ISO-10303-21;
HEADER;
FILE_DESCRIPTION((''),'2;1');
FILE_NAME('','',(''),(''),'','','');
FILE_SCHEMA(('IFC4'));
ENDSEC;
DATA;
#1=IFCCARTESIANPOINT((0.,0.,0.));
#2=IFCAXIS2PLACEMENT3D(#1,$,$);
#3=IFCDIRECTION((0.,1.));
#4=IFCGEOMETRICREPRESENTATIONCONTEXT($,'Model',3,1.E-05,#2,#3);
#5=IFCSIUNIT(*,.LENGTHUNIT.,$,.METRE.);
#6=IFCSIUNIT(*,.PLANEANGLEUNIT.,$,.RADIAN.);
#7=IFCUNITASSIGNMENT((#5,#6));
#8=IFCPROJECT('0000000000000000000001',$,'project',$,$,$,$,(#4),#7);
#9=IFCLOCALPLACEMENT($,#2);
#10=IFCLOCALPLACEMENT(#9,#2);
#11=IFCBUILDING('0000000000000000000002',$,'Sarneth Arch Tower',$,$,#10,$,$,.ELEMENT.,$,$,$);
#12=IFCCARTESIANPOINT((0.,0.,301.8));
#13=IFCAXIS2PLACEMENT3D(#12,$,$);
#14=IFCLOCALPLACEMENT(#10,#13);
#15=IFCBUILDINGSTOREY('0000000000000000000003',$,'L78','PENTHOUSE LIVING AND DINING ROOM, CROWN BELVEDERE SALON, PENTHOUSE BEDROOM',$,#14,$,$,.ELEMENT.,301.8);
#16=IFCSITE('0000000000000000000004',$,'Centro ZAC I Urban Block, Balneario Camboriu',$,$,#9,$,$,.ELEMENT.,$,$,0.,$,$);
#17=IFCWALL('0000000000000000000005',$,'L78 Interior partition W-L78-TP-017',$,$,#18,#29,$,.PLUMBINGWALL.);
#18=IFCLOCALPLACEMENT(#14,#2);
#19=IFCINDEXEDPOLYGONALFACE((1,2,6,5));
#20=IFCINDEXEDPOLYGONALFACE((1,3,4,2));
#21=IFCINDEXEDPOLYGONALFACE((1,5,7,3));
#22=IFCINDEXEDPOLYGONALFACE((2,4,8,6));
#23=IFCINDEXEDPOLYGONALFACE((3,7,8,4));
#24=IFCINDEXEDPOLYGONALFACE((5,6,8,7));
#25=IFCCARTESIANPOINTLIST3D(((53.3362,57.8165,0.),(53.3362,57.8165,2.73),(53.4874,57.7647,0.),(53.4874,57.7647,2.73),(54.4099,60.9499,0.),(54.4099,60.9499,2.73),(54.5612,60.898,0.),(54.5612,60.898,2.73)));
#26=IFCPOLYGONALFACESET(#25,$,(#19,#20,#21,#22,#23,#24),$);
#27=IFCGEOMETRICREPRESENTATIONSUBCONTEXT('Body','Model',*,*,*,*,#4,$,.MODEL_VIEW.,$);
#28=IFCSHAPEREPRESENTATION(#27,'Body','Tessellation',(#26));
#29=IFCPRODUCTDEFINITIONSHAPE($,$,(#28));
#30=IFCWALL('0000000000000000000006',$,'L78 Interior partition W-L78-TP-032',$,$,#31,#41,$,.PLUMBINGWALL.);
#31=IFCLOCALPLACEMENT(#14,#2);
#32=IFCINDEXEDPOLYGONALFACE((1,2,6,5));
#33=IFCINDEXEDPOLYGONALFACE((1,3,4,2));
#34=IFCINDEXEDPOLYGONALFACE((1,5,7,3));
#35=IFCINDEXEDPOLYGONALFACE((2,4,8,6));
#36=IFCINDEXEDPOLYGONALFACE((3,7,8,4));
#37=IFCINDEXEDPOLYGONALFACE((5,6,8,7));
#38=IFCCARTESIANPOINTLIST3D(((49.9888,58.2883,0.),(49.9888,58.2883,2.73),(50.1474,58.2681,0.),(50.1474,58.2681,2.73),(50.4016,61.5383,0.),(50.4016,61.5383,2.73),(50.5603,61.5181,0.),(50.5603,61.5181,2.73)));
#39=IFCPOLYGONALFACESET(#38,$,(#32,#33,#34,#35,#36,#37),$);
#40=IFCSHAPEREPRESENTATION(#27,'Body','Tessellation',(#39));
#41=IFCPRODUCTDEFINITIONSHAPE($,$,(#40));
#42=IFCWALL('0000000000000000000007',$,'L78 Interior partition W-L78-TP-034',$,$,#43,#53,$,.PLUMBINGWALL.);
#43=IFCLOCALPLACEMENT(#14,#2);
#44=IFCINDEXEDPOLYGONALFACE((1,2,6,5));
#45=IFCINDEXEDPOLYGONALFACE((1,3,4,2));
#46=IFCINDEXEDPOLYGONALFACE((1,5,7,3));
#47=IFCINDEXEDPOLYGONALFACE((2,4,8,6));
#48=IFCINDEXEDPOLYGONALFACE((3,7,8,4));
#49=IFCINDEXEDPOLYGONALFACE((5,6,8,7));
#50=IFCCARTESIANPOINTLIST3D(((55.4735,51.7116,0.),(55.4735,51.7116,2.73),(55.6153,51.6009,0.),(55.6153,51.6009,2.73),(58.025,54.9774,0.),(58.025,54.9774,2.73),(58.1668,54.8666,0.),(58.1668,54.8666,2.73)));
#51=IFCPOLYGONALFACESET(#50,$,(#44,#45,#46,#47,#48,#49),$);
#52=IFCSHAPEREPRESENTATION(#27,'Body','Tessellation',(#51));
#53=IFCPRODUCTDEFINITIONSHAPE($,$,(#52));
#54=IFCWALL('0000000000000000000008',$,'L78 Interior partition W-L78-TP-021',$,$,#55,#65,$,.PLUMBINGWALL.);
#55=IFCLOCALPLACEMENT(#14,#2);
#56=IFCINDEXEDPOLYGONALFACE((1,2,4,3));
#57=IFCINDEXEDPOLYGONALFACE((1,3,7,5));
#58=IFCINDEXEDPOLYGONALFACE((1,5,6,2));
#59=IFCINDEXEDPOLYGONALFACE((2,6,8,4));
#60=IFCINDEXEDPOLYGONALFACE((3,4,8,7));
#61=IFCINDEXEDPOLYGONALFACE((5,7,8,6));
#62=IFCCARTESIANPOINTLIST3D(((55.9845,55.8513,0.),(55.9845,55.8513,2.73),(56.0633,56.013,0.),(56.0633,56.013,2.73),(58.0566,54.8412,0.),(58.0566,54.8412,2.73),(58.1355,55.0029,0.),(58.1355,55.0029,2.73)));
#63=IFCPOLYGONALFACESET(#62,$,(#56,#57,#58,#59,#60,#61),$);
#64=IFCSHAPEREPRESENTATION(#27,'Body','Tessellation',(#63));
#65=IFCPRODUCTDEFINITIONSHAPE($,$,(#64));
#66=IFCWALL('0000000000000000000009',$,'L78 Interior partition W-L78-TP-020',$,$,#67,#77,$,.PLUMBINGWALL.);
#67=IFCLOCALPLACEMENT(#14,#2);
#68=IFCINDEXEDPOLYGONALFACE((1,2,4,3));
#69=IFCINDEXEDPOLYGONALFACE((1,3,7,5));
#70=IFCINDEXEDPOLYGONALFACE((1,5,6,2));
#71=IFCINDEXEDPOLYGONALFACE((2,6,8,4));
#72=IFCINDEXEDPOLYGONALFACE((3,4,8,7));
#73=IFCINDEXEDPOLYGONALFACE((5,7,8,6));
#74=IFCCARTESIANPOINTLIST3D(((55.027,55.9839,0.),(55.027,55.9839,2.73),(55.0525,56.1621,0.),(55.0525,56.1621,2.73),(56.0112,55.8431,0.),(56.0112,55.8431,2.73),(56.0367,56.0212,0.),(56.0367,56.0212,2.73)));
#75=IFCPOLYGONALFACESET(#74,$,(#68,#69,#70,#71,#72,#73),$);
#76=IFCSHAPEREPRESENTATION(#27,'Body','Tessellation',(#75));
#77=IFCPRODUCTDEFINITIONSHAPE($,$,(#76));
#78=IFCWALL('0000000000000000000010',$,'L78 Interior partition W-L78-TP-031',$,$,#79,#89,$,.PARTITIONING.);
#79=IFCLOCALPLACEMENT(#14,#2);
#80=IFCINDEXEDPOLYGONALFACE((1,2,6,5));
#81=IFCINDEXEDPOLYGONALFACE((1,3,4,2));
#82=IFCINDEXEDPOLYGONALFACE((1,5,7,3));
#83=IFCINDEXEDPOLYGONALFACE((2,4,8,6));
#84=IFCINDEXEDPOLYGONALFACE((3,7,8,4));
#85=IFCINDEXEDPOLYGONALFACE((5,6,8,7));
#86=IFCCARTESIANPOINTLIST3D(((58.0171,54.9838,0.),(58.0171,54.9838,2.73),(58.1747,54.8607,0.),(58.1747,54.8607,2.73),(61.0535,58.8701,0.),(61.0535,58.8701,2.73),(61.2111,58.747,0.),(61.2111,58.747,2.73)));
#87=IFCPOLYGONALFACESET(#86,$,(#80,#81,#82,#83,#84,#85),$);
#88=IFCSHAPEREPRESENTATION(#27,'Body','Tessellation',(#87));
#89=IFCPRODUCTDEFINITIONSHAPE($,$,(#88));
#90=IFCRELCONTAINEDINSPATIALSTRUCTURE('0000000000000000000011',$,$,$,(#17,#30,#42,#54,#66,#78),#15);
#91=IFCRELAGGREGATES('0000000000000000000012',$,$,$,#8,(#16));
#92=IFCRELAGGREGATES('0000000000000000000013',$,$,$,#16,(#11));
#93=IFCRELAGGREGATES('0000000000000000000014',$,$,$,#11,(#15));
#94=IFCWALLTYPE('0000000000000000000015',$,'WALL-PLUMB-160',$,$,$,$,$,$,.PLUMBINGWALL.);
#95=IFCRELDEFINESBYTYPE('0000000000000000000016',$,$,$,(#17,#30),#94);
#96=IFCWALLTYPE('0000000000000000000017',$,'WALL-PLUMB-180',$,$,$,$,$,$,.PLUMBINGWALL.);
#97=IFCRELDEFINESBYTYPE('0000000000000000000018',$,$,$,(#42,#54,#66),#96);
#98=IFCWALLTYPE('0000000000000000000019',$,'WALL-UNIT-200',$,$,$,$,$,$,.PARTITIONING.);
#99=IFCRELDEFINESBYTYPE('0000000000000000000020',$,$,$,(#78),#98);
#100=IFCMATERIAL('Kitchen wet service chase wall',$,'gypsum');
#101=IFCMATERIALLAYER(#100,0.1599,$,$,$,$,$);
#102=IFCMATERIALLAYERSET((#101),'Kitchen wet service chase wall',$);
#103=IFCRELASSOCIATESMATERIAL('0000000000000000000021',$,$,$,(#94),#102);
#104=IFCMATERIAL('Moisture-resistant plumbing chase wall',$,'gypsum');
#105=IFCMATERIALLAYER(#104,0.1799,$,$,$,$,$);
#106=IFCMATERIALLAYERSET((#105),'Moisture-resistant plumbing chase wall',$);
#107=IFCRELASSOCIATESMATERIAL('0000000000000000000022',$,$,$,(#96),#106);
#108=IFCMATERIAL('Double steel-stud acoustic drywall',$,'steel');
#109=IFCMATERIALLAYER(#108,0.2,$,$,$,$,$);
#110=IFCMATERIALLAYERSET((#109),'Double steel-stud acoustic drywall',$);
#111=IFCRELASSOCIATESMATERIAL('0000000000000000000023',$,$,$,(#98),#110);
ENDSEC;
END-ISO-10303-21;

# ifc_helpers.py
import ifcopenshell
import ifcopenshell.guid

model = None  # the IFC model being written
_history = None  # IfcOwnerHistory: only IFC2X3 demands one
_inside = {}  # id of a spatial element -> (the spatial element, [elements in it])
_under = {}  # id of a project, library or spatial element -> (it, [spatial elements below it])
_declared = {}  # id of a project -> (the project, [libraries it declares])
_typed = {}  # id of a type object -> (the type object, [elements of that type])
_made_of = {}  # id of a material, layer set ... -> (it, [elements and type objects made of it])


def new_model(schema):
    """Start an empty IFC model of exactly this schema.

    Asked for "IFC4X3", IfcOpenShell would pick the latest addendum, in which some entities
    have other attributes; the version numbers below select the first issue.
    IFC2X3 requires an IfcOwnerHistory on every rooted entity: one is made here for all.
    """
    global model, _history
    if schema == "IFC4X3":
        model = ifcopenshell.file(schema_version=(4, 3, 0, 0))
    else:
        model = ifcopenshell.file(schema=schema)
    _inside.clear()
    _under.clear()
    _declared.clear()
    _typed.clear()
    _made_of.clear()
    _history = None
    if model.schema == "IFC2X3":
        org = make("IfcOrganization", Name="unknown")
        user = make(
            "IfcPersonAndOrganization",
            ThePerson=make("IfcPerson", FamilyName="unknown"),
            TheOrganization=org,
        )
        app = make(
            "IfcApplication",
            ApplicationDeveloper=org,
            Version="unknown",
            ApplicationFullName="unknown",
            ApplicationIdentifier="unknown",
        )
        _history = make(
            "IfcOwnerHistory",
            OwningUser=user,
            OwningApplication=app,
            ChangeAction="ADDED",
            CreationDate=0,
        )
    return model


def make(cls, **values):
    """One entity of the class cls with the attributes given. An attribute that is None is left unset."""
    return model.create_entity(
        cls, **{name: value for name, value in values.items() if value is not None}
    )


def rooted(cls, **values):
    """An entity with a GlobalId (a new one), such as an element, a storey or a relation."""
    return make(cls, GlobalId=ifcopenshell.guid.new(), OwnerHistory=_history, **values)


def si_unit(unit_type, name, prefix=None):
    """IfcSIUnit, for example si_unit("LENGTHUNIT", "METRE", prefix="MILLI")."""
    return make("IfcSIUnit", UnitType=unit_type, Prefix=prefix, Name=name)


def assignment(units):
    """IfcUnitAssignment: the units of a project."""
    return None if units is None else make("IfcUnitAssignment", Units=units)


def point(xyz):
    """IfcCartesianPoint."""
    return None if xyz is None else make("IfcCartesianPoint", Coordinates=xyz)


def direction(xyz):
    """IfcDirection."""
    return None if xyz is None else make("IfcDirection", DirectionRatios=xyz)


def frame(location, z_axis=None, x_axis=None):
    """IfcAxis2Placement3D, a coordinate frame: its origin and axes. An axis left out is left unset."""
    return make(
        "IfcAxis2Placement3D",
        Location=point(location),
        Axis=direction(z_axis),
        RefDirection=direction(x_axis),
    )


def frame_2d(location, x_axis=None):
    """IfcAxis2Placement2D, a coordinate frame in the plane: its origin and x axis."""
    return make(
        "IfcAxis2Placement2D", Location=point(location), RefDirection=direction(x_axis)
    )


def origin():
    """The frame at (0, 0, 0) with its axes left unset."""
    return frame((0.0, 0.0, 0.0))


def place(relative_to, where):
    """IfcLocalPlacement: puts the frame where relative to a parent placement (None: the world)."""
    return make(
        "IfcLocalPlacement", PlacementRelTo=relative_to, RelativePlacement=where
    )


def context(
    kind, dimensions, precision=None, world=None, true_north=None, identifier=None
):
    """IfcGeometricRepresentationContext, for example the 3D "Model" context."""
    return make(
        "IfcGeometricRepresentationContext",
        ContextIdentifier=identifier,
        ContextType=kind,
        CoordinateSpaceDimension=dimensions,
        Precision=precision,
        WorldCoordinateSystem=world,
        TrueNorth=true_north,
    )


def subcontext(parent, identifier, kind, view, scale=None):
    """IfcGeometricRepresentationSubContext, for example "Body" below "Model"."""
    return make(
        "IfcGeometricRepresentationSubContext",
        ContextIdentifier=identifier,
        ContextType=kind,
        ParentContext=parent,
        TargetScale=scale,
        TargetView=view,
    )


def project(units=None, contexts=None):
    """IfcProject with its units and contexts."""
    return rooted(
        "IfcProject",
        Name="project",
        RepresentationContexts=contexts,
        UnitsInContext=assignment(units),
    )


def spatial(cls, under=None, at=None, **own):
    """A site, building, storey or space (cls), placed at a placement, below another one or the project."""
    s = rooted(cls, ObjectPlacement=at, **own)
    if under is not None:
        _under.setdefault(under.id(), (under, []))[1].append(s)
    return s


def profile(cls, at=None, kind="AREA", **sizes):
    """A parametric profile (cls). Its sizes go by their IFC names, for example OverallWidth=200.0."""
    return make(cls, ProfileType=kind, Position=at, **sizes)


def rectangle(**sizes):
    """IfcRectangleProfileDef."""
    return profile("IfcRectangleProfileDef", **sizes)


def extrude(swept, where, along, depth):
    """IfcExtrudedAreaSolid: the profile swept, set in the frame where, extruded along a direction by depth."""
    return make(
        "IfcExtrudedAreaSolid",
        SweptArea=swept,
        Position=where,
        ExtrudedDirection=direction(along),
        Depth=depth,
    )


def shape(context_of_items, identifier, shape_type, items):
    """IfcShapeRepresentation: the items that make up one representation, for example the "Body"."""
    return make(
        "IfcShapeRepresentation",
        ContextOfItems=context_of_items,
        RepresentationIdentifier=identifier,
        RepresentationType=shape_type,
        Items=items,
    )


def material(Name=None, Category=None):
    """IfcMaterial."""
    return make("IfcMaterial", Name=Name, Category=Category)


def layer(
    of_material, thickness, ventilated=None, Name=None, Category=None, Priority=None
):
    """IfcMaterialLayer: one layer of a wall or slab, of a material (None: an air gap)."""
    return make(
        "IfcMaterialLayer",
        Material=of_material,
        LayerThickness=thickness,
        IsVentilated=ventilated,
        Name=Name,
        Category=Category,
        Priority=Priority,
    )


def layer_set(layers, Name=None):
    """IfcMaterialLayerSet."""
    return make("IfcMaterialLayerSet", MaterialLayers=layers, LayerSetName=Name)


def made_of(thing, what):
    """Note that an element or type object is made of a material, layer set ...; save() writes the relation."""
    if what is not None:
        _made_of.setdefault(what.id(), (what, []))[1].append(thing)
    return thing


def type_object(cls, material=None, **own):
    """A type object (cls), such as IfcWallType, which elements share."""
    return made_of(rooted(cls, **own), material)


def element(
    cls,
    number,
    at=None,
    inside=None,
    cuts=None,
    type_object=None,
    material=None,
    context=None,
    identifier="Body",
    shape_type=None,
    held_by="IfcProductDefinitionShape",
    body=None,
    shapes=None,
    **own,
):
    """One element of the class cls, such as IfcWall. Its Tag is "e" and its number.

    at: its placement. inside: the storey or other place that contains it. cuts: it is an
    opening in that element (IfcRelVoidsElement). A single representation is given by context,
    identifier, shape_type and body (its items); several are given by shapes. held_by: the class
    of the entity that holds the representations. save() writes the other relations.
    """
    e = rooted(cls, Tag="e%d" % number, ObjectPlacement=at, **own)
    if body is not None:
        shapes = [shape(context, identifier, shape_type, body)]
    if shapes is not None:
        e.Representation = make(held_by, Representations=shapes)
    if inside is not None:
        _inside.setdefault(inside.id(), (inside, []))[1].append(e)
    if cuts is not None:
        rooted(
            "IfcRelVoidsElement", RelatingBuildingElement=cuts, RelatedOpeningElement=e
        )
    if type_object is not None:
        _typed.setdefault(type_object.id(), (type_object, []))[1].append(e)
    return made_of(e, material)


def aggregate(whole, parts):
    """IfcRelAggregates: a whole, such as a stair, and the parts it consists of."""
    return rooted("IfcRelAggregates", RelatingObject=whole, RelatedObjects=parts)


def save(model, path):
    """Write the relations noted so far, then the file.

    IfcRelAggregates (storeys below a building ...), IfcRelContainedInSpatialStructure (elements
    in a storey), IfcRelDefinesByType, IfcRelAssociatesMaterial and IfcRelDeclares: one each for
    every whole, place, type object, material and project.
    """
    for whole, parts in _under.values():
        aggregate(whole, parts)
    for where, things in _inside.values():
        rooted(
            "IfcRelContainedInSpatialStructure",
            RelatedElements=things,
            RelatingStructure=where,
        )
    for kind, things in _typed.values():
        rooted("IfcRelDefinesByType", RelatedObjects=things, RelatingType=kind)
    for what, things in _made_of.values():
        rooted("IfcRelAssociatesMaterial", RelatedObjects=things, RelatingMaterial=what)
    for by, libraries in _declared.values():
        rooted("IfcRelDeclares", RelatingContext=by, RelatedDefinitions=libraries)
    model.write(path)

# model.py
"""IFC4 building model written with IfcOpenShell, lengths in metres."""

from ifc_helpers import new_model, si_unit, direction, frame, frame_2d, origin, place, context, subcontext, project, spatial, rectangle, extrude, material, layer, layer_set, type_object, element, save


model = new_model("IFC4")

# Units and contexts
model_context = context("Model", 3, precision=1e-05, world=origin(), true_north=direction((0.0, 1.0)))
body_context = subcontext(model_context, "Body", "Model", "MODEL_VIEW")
ifc_project = project(units=[si_unit("LENGTHUNIT", "METRE"), si_unit("PLANEANGLEUNIT", "RADIAN")], contexts=[model_context])

# Site, building, storey
site_placement = place(None, origin())
site = spatial("IfcSite", under=ifc_project, at=site_placement, Name="Centro ZAC I Urban Block, Balneario Camboriu", CompositionType="ELEMENT", RefElevation=0.0)
building_placement = place(site_placement, origin())
building = spatial("IfcBuilding", under=site, at=building_placement, Name="Sarneth Arch Tower", CompositionType="ELEMENT")
storey_placement = place(building_placement, frame((0.0, 0.0, 301.8)))
storey = spatial("IfcBuildingStorey", under=building, at=storey_placement, Name="L78", Description="PENTHOUSE LIVING AND DINING ROOM, CROWN BELVEDERE SALON, PENTHOUSE BEDROOM", CompositionType="ELEMENT", Elevation=301.8)

# Shared definitions
ifc_material_1 = material(Name="Kitchen wet service chase wall", Category="gypsum")
ifc_layer_1 = layer(ifc_material_1, 0.1599)
ifc_layer_set_1 = layer_set([ifc_layer_1], Name="Kitchen wet service chase wall")
wall_type_1 = type_object("IfcWallType", Name="WALL-PLUMB-160", PredefinedType="PLUMBINGWALL", material=ifc_layer_set_1)

# Walls
wall_1_placement = place(storey_placement, frame((54.4856, 60.9241, 0.0), z_axis=(0.0, 0.0, 1.0), x_axis=(-0.324177, -0.945996, 0.0)))
element("IfcWall", 1, at=wall_1_placement, inside=storey, type_object=wall_type_1, Name="L78 Interior partition W-L78-TP-017", PredefinedType="PLUMBINGWALL", context=body_context, shape_type="SweptSolid", body=[
    extrude(rectangle(XDim=3.3123, YDim=0.1599, at=frame_2d((1.6562, 0.0))), origin(), (0.0, 0.0, 1.0), 2.73),
])
wall_2_placement = place(storey_placement, frame((50.481, 61.5283, 0.0), z_axis=(0.0, 0.0, 1.0), x_axis=(-0.126016, -0.992028, 0.0)))
element("IfcWall", 2, at=wall_2_placement, inside=storey, type_object=wall_type_1, Name="L78 Interior partition W-L78-TP-032", PredefinedType="PLUMBINGWALL", context=body_context, shape_type="SweptSolid", body=[
    extrude(rectangle(XDim=3.2761, YDim=0.1599, at=frame_2d((1.6382, 0.0))), origin(), (0.0, 0.0, 1.0), 2.73),
])
ifc_material_2 = material(Name="Moisture-resistant plumbing chase wall", Category="gypsum")
ifc_layer_2 = layer(ifc_material_2, 0.1799)
ifc_layer_set_2 = layer_set([ifc_layer_2], Name="Moisture-resistant plumbing chase wall")
wall_type_2 = type_object("IfcWallType", Name="WALL-PLUMB-180", PredefinedType="PLUMBINGWALL", material=ifc_layer_set_2)
wall_3_placement = place(storey_placement, frame((58.0959, 54.9221, 0.0), z_axis=(0.0, 0.0, 1.0), x_axis=(-0.615652, -0.788018, 0.0)))
element("IfcWall", 3, at=wall_3_placement, inside=storey, type_object=wall_type_2, Name="L78 Interior partition W-L78-TP-034", PredefinedType="PLUMBINGWALL", context=body_context, shape_type="SweptSolid", body=[
    extrude(rectangle(XDim=4.1443, YDim=0.1799, at=frame_2d((2.0723, 0.0))), origin(), (0.0, 0.0, 1.0), 2.73),
])
wall_4_placement = place(storey_placement, frame((56.0239, 55.9321, 0.0), z_axis=(0.0, 0.0, 1.0), x_axis=(0.898894, -0.438167, 0.0)))
element("IfcWall", 4, at=wall_4_placement, inside=storey, type_object=wall_type_2, Name="L78 Interior partition W-L78-TP-021", PredefinedType="PLUMBINGWALL", context=body_context, shape_type="SweptSolid", body=[
    extrude(rectangle(XDim=2.3052, YDim=0.1799, at=frame_2d((1.1526, 0.0))), origin(), (0.0, 0.0, 1.0), 2.73),
])
wall_5_placement = place(storey_placement, frame((55.0398, 56.073, 0.0), z_axis=(0.0, 0.0, 1.0), x_axis=(0.98991, -0.141696, 0.0)))
element("IfcWall", 5, at=wall_5_placement, inside=storey, type_object=wall_type_2, Name="L78 Interior partition W-L78-TP-020", PredefinedType="PLUMBINGWALL", context=body_context, shape_type="SweptSolid", body=[
    extrude(rectangle(XDim=0.9941, YDim=0.1799, at=frame_2d((0.4971, 0.0))), origin(), (0.0, 0.0, 1.0), 2.73),
])
ifc_material_3 = material(Name="Double steel-stud acoustic drywall", Category="steel")
ifc_layer_3 = layer(ifc_material_3, 0.2)
ifc_layer_set_3 = layer_set([ifc_layer_3], Name="Double steel-stud acoustic drywall")
wall_type_3 = type_object("IfcWallType", Name="WALL-UNIT-200", PredefinedType="PARTITIONING", material=ifc_layer_set_3)
wall_6_placement = place(storey_placement, frame((58.0959, 54.9224, 0.0), z_axis=(0.0, 0.0, 1.0), x_axis=(0.615677, 0.787999, 0.0)))
element("IfcWall", 6, at=wall_6_placement, inside=storey, type_object=wall_type_3, Name="L78 Interior partition W-L78-TP-031", PredefinedType="PARTITIONING", context=body_context, shape_type="SweptSolid", body=[
    extrude(rectangle(XDim=4.9319, YDim=0.2, at=frame_2d((2.4658, 0.0))), origin(), (0.0, 0.0, 1.0), 2.73),
])

save(model, "model.ifc")
